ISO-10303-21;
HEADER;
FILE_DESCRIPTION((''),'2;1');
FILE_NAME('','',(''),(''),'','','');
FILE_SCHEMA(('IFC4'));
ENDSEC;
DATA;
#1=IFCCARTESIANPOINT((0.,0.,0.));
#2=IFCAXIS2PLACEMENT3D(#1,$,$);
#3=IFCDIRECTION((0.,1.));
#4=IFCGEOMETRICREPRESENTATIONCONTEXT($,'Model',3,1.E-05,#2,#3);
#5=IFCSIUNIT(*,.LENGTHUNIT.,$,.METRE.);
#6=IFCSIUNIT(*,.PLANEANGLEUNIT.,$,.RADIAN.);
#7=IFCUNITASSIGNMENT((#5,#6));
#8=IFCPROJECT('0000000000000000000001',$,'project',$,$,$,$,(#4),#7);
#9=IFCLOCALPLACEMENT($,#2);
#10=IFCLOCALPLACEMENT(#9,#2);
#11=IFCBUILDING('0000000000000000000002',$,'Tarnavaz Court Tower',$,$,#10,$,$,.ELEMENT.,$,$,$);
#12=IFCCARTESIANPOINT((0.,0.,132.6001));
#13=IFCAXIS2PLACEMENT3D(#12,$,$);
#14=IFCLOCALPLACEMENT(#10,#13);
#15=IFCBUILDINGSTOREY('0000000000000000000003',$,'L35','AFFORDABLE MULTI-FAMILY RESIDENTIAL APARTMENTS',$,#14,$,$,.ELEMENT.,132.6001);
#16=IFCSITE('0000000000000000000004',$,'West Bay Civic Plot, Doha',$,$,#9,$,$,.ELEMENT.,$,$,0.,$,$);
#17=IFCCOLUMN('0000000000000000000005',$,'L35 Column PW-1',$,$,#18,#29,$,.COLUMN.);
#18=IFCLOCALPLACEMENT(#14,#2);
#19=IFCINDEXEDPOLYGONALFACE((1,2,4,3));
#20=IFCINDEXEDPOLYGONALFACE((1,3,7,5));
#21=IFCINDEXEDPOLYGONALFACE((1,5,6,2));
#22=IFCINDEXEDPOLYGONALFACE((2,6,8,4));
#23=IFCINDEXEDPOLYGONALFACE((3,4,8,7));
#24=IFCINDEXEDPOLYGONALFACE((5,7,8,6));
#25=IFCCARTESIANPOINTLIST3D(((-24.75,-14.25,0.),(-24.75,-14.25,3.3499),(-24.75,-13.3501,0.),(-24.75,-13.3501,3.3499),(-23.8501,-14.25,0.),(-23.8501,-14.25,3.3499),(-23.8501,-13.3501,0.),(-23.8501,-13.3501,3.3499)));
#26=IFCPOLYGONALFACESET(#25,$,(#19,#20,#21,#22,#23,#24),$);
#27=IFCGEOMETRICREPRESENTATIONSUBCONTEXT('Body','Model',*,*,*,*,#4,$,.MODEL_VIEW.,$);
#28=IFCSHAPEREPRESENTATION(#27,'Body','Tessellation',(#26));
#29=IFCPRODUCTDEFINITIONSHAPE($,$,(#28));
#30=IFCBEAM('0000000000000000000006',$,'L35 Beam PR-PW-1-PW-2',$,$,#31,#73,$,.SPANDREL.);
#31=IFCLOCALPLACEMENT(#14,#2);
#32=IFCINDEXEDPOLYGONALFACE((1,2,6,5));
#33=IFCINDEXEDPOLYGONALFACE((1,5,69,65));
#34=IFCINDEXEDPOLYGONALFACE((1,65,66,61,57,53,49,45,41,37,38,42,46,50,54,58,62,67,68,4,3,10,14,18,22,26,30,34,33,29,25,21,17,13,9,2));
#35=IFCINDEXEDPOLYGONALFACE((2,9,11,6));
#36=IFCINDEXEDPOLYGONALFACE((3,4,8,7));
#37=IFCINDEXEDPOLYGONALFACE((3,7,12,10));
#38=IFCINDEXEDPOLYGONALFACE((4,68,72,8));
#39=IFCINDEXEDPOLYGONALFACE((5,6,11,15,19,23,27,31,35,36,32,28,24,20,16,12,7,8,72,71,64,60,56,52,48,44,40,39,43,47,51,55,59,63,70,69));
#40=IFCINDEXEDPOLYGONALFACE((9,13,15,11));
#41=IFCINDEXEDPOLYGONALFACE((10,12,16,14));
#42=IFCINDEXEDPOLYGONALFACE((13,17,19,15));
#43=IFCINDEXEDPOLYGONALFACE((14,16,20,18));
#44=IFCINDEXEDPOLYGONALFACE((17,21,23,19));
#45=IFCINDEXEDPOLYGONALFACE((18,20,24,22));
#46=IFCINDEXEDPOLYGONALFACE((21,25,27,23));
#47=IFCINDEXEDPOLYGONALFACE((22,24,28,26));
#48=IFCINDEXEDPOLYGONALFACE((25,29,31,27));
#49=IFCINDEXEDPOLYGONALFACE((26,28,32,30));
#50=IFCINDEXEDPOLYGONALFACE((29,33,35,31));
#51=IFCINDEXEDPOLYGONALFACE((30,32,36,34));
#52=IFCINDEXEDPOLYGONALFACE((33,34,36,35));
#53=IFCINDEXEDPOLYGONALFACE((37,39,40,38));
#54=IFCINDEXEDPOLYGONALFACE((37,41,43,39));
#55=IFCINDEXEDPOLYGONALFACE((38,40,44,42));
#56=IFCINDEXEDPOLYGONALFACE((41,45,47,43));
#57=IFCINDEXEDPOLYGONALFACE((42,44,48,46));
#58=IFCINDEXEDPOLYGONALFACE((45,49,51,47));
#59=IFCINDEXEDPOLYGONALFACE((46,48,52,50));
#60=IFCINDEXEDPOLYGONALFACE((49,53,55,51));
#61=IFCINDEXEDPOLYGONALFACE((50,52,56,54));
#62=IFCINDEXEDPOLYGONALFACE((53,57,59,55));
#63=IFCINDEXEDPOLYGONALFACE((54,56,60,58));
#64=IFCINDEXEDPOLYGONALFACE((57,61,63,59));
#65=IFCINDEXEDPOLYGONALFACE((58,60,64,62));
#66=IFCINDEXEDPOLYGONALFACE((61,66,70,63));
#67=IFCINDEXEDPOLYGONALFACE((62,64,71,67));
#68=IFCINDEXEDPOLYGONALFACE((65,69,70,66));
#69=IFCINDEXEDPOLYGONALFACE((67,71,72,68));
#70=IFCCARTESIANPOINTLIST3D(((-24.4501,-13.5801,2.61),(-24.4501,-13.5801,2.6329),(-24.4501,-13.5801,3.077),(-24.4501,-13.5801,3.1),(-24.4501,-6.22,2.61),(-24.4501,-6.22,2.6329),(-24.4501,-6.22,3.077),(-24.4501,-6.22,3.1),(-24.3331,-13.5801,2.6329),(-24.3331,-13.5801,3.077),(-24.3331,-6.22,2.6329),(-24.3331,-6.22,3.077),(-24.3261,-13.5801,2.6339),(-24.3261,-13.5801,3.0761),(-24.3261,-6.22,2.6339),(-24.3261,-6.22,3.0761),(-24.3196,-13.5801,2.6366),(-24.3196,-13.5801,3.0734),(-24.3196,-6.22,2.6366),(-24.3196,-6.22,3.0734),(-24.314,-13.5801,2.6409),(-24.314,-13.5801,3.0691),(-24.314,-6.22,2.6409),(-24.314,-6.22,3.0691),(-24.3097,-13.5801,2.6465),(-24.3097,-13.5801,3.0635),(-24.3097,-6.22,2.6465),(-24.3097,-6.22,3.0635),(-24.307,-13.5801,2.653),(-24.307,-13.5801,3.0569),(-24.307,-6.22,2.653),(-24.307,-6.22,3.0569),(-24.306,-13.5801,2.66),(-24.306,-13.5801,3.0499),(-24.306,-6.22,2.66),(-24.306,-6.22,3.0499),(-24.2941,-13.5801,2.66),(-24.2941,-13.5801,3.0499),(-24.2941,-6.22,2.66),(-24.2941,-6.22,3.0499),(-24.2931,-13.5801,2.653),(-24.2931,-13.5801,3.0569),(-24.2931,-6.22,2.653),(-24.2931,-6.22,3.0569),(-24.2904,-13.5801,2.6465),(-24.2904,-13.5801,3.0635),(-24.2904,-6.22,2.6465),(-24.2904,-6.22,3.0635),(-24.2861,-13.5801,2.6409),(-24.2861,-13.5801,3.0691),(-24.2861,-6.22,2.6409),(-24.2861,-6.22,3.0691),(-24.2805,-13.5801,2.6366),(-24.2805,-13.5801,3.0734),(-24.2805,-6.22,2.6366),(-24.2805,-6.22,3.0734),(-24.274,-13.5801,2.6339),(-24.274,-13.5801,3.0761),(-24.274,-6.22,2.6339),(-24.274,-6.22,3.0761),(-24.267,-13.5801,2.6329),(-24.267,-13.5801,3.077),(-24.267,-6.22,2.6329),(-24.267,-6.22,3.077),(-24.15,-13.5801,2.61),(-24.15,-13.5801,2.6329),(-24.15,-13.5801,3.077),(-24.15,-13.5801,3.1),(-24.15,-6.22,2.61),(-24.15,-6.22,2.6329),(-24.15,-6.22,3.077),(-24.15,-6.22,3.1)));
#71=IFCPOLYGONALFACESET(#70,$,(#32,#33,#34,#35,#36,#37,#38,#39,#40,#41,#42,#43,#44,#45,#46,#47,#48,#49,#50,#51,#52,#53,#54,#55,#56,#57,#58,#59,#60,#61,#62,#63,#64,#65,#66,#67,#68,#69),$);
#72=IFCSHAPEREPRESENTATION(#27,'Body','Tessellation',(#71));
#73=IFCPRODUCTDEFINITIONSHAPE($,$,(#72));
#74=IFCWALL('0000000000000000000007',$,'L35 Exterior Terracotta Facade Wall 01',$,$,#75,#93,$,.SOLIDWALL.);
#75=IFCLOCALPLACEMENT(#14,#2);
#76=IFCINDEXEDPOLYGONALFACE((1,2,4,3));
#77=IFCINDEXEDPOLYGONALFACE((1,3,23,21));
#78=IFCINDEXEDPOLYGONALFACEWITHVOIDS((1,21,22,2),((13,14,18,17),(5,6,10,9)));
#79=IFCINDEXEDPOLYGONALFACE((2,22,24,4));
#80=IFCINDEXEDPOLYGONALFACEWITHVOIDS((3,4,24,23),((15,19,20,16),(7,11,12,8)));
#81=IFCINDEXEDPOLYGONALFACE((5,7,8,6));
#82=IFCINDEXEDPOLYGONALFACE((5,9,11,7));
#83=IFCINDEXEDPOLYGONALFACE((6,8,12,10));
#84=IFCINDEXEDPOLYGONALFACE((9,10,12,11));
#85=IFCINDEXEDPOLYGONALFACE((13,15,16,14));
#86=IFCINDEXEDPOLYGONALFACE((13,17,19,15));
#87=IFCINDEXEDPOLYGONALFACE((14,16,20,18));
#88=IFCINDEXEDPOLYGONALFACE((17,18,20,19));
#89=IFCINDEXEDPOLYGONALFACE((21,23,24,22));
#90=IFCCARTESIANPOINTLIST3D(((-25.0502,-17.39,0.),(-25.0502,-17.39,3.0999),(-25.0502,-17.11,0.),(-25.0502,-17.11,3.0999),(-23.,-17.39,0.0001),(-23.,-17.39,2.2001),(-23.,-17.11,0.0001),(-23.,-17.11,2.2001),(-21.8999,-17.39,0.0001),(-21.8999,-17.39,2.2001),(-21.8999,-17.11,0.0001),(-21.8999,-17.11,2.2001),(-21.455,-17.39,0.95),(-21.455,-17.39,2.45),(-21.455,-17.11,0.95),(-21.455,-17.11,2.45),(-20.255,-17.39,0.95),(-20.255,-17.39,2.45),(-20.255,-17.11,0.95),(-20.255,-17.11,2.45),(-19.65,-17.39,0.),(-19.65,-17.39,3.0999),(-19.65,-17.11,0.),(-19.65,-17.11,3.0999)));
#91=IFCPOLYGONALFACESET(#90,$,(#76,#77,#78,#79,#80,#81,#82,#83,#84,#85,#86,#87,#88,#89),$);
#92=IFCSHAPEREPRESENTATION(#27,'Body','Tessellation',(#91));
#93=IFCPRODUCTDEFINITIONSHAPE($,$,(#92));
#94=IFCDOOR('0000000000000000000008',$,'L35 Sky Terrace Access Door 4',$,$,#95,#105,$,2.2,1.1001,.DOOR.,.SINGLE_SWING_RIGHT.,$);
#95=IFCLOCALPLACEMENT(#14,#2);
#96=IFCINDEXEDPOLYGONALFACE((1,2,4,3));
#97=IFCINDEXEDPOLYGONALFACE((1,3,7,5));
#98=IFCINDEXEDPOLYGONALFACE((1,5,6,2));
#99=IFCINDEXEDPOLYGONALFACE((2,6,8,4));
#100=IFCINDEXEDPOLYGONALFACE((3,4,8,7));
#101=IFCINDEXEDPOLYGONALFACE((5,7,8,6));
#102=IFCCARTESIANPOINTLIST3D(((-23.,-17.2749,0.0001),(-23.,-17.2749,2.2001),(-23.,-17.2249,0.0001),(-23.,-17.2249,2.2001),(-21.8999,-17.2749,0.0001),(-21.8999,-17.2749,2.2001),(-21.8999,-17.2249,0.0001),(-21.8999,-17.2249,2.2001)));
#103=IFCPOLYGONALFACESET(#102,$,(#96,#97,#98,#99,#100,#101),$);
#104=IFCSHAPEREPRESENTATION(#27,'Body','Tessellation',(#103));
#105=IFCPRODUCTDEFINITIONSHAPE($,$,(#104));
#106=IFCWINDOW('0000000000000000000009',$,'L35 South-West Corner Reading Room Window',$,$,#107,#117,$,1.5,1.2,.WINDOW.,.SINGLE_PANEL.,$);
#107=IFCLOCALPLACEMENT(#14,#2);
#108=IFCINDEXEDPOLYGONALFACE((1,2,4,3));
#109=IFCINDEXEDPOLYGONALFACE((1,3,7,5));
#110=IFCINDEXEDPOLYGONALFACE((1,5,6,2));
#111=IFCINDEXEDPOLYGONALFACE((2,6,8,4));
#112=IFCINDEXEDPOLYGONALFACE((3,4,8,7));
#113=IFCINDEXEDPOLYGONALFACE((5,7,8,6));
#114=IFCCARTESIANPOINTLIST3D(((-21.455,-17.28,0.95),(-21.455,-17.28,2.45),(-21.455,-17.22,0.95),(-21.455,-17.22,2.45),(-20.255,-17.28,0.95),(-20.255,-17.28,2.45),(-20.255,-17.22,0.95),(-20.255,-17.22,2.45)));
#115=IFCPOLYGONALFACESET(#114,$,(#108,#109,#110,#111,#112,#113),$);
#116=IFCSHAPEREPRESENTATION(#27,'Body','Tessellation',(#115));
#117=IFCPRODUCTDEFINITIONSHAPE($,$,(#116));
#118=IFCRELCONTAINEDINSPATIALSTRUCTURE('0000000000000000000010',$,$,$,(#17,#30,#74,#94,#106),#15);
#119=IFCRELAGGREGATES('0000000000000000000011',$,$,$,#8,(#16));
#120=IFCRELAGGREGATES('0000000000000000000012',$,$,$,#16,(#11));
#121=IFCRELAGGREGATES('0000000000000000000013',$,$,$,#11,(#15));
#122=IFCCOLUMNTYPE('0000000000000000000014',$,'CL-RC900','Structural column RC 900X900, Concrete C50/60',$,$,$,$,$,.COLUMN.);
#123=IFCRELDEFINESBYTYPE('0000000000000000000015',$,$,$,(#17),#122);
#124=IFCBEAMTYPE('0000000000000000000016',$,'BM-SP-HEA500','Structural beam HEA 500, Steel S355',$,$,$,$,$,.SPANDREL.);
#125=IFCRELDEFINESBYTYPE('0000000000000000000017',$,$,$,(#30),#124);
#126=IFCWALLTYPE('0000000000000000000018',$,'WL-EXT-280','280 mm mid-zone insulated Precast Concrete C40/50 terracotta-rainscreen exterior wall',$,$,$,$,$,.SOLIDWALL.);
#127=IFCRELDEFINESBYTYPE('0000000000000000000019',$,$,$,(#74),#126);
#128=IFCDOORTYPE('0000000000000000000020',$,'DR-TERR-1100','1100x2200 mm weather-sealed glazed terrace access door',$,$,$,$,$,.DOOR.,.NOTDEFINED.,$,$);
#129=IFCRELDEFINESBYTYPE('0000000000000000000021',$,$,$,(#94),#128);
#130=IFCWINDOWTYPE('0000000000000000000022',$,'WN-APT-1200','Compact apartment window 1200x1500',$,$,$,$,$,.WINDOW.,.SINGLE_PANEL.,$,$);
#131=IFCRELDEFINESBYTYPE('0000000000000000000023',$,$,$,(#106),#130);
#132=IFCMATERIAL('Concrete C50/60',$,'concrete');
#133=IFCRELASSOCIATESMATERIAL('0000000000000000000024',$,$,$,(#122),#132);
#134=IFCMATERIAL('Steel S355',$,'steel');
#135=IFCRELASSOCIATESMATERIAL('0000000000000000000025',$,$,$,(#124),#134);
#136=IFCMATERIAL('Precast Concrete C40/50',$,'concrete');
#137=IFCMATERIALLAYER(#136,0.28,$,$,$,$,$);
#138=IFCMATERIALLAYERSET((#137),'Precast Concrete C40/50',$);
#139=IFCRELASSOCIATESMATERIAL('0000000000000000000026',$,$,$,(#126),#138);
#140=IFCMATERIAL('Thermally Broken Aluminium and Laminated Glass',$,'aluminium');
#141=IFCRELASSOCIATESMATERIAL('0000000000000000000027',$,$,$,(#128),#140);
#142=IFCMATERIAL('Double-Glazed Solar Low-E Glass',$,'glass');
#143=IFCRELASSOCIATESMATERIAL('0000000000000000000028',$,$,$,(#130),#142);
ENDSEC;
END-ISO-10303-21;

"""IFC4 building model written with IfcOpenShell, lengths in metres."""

from ifc_helpers import new_model, si_unit, direction, frame, frame_2d, origin, origin_2d, place, context, subcontext, project, spatial, rectangle, i_section, extrude, material, layer, layer_set, material_profile, profile_set, type_object, element, fill, save


model = new_model("IFC4")

# Units and contexts
model_context = context("Model", 3, precision=1e-05, world=origin(), true_north=direction((0.0, 1.0)))
body_context = subcontext(model_context, "Body", "Model", "MODEL_VIEW")
ifc_project = project(units=[si_unit("LENGTHUNIT", "METRE"), si_unit("PLANEANGLEUNIT", "RADIAN")], contexts=[model_context])

# Site, building, storey
site_placement = place(None, origin())
site = spatial("IfcSite", under=ifc_project, at=site_placement, Name="West Bay Civic Plot, Doha", CompositionType="ELEMENT", RefElevation=0.0)
building_placement = place(site_placement, origin())
building = spatial("IfcBuilding", under=site, at=building_placement, Name="Tarnavaz Court Tower", CompositionType="ELEMENT")
storey_placement = place(building_placement, frame((0.0, 0.0, 132.6001)))
storey = spatial("IfcBuildingStorey", under=building, at=storey_placement, Name="L35", Description="AFFORDABLE MULTI-FAMILY RESIDENTIAL APARTMENTS", CompositionType="ELEMENT", Elevation=132.6001)

# Column
ifc_material_1 = material(Name="Concrete C50/60", Category="concrete")
ifc_material_profile_1 = material_profile(ifc_material_1, rectangle(XDim=0.8999, YDim=0.8999, at=origin_2d()), Name="RC 900X900")
ifc_profile_set_1 = profile_set([ifc_material_profile_1], Name="Concrete C50/60")
column_type = type_object("IfcColumnType", Name="CL-RC900", Description="Structural column RC 900X900, Concrete C50/60", PredefinedType="COLUMN", material=ifc_profile_set_1)
column_placement = place(storey_placement, frame((-24.3, -13.8, 0.0), z_axis=(0.0, 0.0, 1.0), x_axis=(1.0, 0.0, 0.0)))
element("IfcColumn", 1, at=column_placement, inside=storey, type_object=column_type, Name="L35 Column PW-1", PredefinedType="COLUMN", context=body_context, shape_type="SweptSolid", body=[
    extrude(rectangle(XDim=0.8999, YDim=0.8999, at=origin_2d()), origin(), (0.0, 0.0, 1.0), 3.3499),
])

# Beam
ifc_material_2 = material(Name="Steel S355", Category="steel")
ifc_material_profile_2 = material_profile(ifc_material_2, i_section(OverallWidth=0.3, OverallDepth=0.49, WebThickness=0.012, FlangeThickness=0.0229, FilletRadius=0.0271, at=origin_2d()), Name="HEA 500")
ifc_profile_set_2 = profile_set([ifc_material_profile_2], Name="Steel S355")
beam_type = type_object("IfcBeamType", Name="BM-SP-HEA500", Description="Structural beam HEA 500, Steel S355", PredefinedType="SPANDREL", material=ifc_profile_set_2)
beam_placement = place(storey_placement, frame((-24.3, -13.5801, 2.855), z_axis=(0.0, 1.0, 0.0), x_axis=(-1.0, 0.0, 0.0)))
element("IfcBeam", 2, at=beam_placement, inside=storey, type_object=beam_type, Name="L35 Beam PR-PW-1-PW-2", PredefinedType="SPANDREL", context=body_context, shape_type="SweptSolid", body=[
    extrude(i_section(OverallWidth=0.3, OverallDepth=0.49, WebThickness=0.012, FlangeThickness=0.0229, FilletRadius=0.0271, at=origin_2d()), origin(), (0.0, 0.0, 1.0), 7.3601),
])

# Wall, openings, door, window
ifc_material_3 = material(Name="Precast Concrete C40/50", Category="concrete")
ifc_layer_1 = layer(ifc_material_3, 0.28)
ifc_layer_set_1 = layer_set([ifc_layer_1], Name="Precast Concrete C40/50")
wall_type_1 = type_object("IfcWallType", Name="WL-EXT-280", Description="280 mm mid-zone insulated Precast Concrete C40/50 terracotta-rainscreen exterior wall", PredefinedType="SOLIDWALL", material=ifc_layer_set_1)
wall_1_placement = place(storey_placement, frame((-19.6499, -17.25, 0.0), z_axis=(0.0, 0.0, 1.0), x_axis=(-1.0, 0.0, 0.0)))
wall_1 = element("IfcWall", 3, at=wall_1_placement, inside=storey, type_object=wall_type_1, Name="L35 Exterior Terracotta Facade Wall 01", PredefinedType="SOLIDWALL", context=body_context, shape_type="SweptSolid", body=[
    extrude(rectangle(XDim=5.4001, YDim=0.28, at=frame_2d((2.7002, 0.0))), origin(), (0.0, 0.0, 1.0), 3.0999),
])
opening_1_placement = place(wall_1_placement, frame((2.25, 0.0, 0.0)))
opening_1 = element("IfcOpeningElement", 4, at=opening_1_placement, cuts=wall_1, PredefinedType="OPENING", context=body_context, shape_type="SweptSolid", body=[
    extrude(rectangle(XDim=1.1001, YDim=2.2, at=frame_2d((0.55, 1.1001))), frame((0.0, 0.1499, 0.0), z_axis=(0.0, -1.0, 0.0), x_axis=(1.0, 0.0, 0.0)), (0.0, 0.0, 1.0), 0.3),
])
opening_2_placement = place(wall_1_placement, frame((0.605, 0.0, 0.95)))
opening_2 = element("IfcOpeningElement", 5, at=opening_2_placement, cuts=wall_1, PredefinedType="OPENING", context=body_context, shape_type="SweptSolid", body=[
    extrude(rectangle(XDim=1.2, YDim=1.5, at=frame_2d((0.6001, 0.75))), frame((0.0, 0.1499, 0.0), z_axis=(0.0, -1.0, 0.0), x_axis=(1.0, 0.0, 0.0)), (0.0, 0.0, 1.0), 0.3),
])
ifc_material_4 = material(Name="Thermally Broken Aluminium and Laminated Glass", Category="aluminium")
door_type = type_object("IfcDoorType", Name="DR-TERR-1100", Description="1100x2200 mm weather-sealed glazed terrace access door", OperationType="NOTDEFINED", PredefinedType="DOOR", material=ifc_material_4)
door_placement = place(opening_1_placement, origin())
door = element("IfcDoor", 6, at=door_placement, inside=storey, type_object=door_type, Name="L35 Sky Terrace Access Door 4", OperationType="SINGLE_SWING_RIGHT", OverallHeight=2.2, OverallWidth=1.1001, PredefinedType="DOOR", context=body_context, shape_type="SweptSolid", body=[
    extrude(rectangle(XDim=1.1001, YDim=2.2, at=frame_2d((0.55, 1.1001))), frame((0.0, 0.0249, 0.0), z_axis=(0.0, -1.0, 0.0), x_axis=(1.0, 0.0, 0.0)), (0.0, 0.0, 1.0), 0.05),
])
fill(opening_1, door)
ifc_material_5 = material(Name="Double-Glazed Solar Low-E Glass", Category="glass")
window_type_1 = type_object("IfcWindowType", Name="WN-APT-1200", Description="Compact apartment window 1200x1500", PartitioningType="SINGLE_PANEL", PredefinedType="WINDOW", material=ifc_material_5)
window_1_placement = place(opening_2_placement, origin())
window_1 = element("IfcWindow", 7, at=window_1_placement, inside=storey, type_object=window_type_1, Name="L35 South-West Corner Reading Room Window", OverallHeight=1.5, OverallWidth=1.2, PartitioningType="SINGLE_PANEL", PredefinedType="WINDOW", context=body_context, shape_type="SweptSolid", body=[
    extrude(rectangle(XDim=1.2, YDim=1.5, at=frame_2d((0.6001, 0.75))), frame((0.0, 0.03, 0.0), z_axis=(0.0, -1.0, 0.0), x_axis=(1.0, 0.0, 0.0)), (0.0, 0.0, 1.0), 0.0601),
])
fill(opening_2, window_1)

save(model, "model.ifc")
